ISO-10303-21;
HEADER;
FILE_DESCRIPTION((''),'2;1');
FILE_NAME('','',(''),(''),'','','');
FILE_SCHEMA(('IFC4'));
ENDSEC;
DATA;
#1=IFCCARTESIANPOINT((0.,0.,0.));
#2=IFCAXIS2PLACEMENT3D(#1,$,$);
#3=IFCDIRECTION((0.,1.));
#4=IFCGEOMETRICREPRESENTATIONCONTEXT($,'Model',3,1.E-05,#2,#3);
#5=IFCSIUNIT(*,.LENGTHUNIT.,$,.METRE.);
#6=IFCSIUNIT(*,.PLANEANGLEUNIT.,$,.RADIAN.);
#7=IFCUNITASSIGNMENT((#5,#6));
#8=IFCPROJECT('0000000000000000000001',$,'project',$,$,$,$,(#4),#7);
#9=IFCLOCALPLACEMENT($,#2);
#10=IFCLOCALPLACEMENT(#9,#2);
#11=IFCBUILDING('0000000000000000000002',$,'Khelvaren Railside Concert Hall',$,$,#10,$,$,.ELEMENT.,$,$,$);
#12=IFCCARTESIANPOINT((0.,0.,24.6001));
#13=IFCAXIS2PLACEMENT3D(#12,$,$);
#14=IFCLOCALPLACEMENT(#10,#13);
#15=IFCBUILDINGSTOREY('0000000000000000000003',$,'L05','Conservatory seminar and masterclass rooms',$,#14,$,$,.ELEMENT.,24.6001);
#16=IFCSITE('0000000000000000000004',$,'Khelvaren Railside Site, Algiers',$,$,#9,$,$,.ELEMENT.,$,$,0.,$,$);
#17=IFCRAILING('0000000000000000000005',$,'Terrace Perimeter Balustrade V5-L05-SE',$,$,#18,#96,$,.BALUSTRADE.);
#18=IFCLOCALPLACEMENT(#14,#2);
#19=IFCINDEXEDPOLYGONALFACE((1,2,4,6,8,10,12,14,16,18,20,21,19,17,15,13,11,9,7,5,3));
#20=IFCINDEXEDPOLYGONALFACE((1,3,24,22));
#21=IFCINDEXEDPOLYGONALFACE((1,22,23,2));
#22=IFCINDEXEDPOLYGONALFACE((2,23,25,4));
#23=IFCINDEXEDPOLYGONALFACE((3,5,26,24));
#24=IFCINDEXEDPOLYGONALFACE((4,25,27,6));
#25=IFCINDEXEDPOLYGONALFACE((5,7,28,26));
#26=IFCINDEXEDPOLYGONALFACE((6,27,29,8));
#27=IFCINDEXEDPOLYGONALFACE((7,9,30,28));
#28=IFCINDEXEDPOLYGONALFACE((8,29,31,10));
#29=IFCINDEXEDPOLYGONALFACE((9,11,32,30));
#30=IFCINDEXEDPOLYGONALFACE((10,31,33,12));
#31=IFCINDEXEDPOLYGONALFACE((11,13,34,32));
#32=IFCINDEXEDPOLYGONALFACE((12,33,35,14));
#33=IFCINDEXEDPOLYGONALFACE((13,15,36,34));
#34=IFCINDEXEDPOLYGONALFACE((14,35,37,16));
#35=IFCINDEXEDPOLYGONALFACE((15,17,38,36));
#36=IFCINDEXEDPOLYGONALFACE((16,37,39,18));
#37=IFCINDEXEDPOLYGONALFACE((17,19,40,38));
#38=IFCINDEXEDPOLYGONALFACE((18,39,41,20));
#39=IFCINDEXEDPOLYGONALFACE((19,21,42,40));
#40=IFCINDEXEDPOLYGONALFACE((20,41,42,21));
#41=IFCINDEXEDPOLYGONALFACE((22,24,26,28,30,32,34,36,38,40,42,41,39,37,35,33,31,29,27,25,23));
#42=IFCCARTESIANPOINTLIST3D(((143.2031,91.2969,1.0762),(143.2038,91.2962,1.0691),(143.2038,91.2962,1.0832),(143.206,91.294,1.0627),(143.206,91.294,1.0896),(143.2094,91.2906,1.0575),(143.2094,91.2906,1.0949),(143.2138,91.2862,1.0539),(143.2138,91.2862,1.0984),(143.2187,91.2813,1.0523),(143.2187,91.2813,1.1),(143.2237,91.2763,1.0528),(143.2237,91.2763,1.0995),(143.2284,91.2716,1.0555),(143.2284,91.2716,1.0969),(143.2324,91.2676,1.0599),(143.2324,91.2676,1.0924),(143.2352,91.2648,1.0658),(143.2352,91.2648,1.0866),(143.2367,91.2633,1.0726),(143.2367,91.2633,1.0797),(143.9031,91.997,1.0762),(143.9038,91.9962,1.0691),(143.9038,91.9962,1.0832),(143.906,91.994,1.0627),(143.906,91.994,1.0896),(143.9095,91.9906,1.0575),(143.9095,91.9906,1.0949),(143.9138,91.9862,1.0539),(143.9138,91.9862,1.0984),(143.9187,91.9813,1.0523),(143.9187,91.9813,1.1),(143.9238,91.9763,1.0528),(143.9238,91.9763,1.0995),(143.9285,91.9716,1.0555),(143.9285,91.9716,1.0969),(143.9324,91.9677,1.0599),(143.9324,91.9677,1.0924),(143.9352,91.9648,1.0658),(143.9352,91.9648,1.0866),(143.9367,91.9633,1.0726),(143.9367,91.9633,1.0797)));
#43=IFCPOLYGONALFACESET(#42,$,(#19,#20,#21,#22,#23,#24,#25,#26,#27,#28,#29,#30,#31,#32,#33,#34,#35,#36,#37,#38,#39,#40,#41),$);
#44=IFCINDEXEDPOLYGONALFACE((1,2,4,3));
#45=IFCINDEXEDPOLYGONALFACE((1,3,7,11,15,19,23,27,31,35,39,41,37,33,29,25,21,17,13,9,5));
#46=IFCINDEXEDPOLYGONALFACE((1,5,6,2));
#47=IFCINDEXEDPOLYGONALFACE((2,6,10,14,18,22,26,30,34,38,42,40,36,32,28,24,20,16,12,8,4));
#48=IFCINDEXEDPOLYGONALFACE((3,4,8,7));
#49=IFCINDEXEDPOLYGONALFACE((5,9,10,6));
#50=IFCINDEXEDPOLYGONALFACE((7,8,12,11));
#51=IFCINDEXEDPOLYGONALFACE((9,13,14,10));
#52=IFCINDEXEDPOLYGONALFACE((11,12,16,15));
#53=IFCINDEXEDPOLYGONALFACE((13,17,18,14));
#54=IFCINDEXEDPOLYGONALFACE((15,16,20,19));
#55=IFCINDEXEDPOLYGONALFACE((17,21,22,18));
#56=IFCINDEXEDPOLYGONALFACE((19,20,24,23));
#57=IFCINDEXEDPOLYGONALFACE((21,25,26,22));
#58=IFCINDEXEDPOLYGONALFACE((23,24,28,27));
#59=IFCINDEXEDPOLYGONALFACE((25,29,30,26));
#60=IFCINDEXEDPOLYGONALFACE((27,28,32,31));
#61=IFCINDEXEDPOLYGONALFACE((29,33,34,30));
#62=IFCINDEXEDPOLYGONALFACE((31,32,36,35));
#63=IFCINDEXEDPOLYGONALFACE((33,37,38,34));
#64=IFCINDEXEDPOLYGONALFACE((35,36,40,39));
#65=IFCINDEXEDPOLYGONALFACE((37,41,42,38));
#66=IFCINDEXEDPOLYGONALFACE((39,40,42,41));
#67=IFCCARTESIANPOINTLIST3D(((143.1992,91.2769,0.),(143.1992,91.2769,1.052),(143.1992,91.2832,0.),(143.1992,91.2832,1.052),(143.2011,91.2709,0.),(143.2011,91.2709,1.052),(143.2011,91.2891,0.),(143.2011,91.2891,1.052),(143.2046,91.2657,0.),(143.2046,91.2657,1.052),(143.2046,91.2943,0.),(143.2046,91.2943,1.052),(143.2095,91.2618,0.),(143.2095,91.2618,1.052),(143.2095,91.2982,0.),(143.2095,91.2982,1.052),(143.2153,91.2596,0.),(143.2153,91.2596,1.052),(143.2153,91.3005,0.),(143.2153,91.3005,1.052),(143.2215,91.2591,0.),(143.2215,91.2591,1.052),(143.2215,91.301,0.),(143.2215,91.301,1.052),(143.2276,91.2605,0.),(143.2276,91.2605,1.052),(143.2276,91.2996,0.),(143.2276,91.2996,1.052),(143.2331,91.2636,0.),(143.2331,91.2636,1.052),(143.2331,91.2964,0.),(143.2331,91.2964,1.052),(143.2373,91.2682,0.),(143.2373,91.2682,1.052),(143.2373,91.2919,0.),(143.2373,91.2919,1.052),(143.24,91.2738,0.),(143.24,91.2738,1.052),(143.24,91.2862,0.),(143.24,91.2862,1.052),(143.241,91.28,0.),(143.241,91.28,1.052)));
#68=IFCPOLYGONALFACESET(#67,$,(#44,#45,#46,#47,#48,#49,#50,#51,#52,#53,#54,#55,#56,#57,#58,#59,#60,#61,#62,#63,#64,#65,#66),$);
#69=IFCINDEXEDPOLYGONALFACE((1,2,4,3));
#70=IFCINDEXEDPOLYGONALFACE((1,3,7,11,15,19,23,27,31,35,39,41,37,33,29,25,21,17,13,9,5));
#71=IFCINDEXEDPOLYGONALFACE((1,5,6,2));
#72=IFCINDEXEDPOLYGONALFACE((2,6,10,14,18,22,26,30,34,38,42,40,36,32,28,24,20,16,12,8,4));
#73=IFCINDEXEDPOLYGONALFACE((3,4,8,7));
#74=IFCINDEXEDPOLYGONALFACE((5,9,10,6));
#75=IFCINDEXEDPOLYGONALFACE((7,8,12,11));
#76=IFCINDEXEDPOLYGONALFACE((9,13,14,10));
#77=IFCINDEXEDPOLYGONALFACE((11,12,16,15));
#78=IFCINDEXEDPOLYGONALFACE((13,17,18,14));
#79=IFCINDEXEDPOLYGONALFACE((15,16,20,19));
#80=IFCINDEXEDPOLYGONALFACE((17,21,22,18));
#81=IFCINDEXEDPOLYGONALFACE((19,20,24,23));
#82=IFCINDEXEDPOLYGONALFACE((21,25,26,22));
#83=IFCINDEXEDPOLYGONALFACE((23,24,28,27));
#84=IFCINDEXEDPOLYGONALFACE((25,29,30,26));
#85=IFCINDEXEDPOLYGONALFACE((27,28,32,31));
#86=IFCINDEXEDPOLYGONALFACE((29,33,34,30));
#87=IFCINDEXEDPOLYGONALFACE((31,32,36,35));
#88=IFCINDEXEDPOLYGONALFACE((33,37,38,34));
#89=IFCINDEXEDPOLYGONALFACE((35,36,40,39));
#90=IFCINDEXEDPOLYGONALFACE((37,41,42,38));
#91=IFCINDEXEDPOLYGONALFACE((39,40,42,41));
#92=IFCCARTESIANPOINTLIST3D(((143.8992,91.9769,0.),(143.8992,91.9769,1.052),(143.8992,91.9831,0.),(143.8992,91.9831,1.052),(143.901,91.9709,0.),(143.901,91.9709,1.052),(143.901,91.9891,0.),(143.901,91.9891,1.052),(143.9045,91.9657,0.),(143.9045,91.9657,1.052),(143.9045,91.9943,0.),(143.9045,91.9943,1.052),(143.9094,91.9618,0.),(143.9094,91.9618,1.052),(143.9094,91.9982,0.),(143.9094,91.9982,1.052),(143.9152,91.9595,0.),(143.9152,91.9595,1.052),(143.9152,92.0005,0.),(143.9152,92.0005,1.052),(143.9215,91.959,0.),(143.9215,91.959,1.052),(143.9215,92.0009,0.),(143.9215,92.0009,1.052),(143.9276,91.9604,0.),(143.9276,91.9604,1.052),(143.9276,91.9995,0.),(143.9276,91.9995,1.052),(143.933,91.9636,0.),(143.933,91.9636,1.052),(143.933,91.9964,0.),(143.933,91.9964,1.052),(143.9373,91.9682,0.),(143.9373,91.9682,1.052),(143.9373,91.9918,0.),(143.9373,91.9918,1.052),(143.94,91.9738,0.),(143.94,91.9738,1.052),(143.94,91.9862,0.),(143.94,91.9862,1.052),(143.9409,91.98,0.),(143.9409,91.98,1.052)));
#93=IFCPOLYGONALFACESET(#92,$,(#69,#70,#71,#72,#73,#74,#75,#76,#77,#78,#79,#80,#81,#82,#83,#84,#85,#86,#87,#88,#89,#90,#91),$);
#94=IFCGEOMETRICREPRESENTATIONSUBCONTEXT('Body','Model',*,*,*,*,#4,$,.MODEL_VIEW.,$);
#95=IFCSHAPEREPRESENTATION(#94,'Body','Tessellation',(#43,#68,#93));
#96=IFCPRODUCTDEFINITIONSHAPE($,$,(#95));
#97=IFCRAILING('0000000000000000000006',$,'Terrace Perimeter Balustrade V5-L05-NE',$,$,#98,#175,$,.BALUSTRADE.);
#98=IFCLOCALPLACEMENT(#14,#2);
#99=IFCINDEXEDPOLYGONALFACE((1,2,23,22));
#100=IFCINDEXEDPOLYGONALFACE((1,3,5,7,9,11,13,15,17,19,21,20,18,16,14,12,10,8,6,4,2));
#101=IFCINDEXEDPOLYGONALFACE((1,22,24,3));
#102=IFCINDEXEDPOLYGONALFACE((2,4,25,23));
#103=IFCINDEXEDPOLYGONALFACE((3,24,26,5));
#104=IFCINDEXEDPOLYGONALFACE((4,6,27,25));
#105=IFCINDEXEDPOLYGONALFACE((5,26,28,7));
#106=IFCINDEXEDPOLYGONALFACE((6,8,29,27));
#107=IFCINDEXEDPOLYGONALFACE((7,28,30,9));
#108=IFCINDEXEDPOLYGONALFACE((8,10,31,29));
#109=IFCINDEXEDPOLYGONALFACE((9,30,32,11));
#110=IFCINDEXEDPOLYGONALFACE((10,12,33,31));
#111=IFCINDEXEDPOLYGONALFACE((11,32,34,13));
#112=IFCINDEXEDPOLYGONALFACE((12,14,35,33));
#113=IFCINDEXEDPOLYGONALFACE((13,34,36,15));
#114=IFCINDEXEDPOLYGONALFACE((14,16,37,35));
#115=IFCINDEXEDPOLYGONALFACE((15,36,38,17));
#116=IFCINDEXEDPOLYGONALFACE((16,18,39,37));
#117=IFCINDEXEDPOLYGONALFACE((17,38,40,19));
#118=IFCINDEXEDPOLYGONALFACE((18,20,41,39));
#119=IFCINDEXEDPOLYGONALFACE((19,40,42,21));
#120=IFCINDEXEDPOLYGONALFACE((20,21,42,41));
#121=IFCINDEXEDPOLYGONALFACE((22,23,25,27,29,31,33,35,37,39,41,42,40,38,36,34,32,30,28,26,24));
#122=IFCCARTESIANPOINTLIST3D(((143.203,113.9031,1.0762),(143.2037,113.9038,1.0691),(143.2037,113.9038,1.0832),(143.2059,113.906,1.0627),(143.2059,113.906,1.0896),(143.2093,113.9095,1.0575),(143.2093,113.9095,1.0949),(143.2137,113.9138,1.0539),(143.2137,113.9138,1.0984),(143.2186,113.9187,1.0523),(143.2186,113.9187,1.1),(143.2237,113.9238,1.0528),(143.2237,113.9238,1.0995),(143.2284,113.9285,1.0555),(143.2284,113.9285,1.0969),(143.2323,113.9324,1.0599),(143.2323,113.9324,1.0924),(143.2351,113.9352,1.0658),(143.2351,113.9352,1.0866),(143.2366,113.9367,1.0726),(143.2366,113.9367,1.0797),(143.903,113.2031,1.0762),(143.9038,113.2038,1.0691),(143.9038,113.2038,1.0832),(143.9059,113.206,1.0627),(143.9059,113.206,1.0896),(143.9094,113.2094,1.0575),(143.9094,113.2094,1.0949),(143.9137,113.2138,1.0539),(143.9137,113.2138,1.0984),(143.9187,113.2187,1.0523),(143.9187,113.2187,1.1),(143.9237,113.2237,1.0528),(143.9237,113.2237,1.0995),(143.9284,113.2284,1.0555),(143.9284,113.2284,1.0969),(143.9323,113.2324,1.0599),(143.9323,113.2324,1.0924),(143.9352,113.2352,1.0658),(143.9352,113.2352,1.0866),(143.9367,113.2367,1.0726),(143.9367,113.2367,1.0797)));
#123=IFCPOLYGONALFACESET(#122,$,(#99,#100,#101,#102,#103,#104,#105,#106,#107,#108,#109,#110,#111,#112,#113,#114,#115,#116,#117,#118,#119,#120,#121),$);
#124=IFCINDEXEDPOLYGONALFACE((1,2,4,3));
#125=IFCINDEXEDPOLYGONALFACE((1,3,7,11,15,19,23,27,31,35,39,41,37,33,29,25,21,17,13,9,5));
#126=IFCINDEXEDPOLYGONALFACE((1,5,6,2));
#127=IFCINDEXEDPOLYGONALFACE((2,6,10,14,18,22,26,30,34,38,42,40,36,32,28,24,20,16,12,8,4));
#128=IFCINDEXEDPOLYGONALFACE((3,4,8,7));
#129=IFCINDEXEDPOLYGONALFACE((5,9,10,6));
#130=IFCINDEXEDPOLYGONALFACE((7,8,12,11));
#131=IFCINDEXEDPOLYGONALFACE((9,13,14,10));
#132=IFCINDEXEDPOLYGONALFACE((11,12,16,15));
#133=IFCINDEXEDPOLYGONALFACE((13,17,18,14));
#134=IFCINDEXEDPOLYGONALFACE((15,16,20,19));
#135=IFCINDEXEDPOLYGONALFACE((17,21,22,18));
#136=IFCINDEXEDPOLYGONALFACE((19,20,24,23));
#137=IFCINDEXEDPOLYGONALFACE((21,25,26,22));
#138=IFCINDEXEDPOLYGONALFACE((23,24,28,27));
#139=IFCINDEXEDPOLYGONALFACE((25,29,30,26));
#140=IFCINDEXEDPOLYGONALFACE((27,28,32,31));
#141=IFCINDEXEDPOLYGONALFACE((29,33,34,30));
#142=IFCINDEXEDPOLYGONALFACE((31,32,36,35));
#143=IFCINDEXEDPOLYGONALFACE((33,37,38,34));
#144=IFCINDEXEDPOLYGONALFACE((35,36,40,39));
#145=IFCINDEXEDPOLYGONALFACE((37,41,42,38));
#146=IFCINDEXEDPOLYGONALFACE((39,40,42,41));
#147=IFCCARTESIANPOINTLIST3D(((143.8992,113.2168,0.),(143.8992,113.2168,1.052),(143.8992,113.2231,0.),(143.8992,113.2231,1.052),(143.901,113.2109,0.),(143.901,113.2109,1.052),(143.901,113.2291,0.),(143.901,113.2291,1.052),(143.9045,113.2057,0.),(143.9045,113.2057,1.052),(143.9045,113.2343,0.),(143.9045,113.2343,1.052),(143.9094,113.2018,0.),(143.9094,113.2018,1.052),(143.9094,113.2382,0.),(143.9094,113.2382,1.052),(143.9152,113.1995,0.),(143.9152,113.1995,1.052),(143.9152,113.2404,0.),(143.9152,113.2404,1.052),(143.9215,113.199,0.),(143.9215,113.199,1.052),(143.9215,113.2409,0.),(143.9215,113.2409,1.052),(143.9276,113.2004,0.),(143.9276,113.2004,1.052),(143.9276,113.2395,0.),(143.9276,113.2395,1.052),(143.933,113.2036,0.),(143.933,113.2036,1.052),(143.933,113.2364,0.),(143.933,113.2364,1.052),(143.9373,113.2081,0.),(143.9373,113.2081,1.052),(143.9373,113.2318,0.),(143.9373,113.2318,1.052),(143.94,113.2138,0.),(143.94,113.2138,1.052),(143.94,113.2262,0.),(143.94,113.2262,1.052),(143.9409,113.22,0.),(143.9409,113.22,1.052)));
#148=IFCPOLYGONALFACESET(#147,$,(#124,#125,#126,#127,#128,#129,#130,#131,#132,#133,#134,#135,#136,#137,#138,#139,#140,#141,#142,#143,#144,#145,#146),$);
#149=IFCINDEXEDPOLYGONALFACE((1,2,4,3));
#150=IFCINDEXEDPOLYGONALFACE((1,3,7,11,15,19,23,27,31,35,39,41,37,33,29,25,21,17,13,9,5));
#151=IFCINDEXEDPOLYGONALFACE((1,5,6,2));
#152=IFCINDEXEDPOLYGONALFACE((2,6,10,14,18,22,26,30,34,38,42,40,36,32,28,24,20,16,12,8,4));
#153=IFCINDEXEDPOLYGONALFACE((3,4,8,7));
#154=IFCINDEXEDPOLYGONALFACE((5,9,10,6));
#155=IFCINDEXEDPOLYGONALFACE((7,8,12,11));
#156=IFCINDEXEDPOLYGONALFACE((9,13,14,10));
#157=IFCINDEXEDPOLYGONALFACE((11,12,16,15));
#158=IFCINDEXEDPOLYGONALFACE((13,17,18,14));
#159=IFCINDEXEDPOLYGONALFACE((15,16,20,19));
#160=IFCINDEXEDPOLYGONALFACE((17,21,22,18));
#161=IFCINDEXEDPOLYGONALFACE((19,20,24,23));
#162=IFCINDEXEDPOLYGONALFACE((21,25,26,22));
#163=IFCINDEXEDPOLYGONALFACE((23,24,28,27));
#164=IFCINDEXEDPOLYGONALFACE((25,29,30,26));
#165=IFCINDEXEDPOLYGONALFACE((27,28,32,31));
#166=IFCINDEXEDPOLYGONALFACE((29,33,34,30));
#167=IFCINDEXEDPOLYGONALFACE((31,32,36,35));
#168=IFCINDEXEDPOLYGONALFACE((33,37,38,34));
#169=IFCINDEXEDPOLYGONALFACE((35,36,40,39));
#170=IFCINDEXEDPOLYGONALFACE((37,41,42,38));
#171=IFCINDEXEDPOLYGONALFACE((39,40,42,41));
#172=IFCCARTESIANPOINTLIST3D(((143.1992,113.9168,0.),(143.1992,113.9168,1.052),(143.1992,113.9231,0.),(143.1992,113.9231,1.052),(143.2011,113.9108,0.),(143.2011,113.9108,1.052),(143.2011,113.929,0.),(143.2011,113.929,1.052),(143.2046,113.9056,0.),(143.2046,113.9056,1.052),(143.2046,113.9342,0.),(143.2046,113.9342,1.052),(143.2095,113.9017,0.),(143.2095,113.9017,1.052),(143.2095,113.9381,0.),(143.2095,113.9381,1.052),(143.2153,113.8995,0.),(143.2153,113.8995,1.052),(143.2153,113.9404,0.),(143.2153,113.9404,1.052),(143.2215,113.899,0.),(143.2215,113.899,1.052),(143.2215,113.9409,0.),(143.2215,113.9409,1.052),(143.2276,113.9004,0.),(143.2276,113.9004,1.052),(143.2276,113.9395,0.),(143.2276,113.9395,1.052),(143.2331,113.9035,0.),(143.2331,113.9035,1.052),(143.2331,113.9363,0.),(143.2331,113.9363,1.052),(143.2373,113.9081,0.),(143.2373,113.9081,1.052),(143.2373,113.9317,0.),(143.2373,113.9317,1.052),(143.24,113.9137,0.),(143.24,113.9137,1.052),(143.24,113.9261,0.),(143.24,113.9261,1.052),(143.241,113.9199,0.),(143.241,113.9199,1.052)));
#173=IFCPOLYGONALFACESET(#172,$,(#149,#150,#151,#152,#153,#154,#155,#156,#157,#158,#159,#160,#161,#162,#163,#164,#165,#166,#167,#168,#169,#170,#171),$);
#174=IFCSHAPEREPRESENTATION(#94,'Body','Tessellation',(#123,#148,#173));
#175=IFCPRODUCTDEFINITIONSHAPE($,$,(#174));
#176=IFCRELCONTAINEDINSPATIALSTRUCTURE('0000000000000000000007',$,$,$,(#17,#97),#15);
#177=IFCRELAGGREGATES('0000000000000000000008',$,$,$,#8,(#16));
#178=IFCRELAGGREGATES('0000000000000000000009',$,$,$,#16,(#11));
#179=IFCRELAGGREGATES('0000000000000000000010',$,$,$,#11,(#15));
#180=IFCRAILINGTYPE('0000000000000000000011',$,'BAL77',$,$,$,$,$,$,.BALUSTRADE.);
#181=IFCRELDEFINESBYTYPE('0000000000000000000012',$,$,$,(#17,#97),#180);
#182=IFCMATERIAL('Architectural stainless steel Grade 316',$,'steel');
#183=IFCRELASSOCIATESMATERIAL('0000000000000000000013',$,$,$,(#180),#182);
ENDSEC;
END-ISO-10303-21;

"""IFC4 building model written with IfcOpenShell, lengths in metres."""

from ifc_helpers import new_model, si_unit, direction, frame, origin, origin_2d, place, context, subcontext, project, spatial, circle, extrude, material, type_object, element, save


model = new_model("IFC4")

# Units and contexts
model_context = context("Model", 3, precision=1e-05, world=origin(), true_north=direction((0.0, 1.0)))
body_context = subcontext(model_context, "Body", "Model", "MODEL_VIEW")
ifc_project = project(units=[si_unit("LENGTHUNIT", "METRE"), si_unit("PLANEANGLEUNIT", "RADIAN")], contexts=[model_context])

# Site, building, storey
site_placement = place(None, origin())
site = spatial("IfcSite", under=ifc_project, at=site_placement, Name="Khelvaren Railside Site, Algiers", CompositionType="ELEMENT", RefElevation=0.0)
building_placement = place(site_placement, origin())
building = spatial("IfcBuilding", under=site, at=building_placement, Name="Khelvaren Railside Concert Hall", CompositionType="ELEMENT")
storey_placement = place(building_placement, frame((0.0, 0.0, 24.6001)))
storey = spatial("IfcBuildingStorey", under=building, at=storey_placement, Name="L05", Description="Conservatory seminar and masterclass rooms", CompositionType="ELEMENT", Elevation=24.6001)

# Railings
ifc_material_1 = material(Name="Architectural stainless steel Grade 316", Category="steel")
railing_type = type_object("IfcRailingType", Name="BAL77", PredefinedType="BALUSTRADE", material=ifc_material_1)
railing_1_placement = place(storey_placement, frame((143.22, 91.28, 0.0)))
element("IfcRailing", 1, at=railing_1_placement, inside=storey, type_object=railing_type, Name="Terrace Perimeter Balustrade V5-L05-SE", PredefinedType="BALUSTRADE", context=body_context, shape_type="SweptSolid", body=[
    extrude(circle(Radius=0.0239, at=origin_2d()), frame((0.0, 0.0, 1.0762), z_axis=(0.707107, 0.707107, 0.0), x_axis=(-0.707107, 0.707107, 0.0)), (0.0, 0.0, 1.0), 0.99),
    extrude(circle(Radius=0.021, at=origin_2d()), origin(), (0.0, 0.0, 1.0), 1.052),
    extrude(circle(Radius=0.021, at=origin_2d()), frame((0.7, 0.7, 0.0)), (0.0, 0.0, 1.0), 1.052),
])
railing_2_placement = place(storey_placement, frame((143.9199, 113.22, 0.0)))
element("IfcRailing", 2, at=railing_2_placement, inside=storey, type_object=railing_type, Name="Terrace Perimeter Balustrade V5-L05-NE", PredefinedType="BALUSTRADE", context=body_context, shape_type="SweptSolid", body=[
    extrude(circle(Radius=0.0239, at=origin_2d()), frame((0.0, 0.0, 1.0762), z_axis=(-0.707107, 0.707107, 0.0), x_axis=(-0.707107, -0.707107, 0.0)), (0.0, 0.0, 1.0), 0.99),
    extrude(circle(Radius=0.021, at=origin_2d()), origin(), (0.0, 0.0, 1.0), 1.052),
    extrude(circle(Radius=0.021, at=origin_2d()), frame((-0.7, 0.7, 0.0)), (0.0, 0.0, 1.0), 1.052),
])

save(model, "model.ifc")
